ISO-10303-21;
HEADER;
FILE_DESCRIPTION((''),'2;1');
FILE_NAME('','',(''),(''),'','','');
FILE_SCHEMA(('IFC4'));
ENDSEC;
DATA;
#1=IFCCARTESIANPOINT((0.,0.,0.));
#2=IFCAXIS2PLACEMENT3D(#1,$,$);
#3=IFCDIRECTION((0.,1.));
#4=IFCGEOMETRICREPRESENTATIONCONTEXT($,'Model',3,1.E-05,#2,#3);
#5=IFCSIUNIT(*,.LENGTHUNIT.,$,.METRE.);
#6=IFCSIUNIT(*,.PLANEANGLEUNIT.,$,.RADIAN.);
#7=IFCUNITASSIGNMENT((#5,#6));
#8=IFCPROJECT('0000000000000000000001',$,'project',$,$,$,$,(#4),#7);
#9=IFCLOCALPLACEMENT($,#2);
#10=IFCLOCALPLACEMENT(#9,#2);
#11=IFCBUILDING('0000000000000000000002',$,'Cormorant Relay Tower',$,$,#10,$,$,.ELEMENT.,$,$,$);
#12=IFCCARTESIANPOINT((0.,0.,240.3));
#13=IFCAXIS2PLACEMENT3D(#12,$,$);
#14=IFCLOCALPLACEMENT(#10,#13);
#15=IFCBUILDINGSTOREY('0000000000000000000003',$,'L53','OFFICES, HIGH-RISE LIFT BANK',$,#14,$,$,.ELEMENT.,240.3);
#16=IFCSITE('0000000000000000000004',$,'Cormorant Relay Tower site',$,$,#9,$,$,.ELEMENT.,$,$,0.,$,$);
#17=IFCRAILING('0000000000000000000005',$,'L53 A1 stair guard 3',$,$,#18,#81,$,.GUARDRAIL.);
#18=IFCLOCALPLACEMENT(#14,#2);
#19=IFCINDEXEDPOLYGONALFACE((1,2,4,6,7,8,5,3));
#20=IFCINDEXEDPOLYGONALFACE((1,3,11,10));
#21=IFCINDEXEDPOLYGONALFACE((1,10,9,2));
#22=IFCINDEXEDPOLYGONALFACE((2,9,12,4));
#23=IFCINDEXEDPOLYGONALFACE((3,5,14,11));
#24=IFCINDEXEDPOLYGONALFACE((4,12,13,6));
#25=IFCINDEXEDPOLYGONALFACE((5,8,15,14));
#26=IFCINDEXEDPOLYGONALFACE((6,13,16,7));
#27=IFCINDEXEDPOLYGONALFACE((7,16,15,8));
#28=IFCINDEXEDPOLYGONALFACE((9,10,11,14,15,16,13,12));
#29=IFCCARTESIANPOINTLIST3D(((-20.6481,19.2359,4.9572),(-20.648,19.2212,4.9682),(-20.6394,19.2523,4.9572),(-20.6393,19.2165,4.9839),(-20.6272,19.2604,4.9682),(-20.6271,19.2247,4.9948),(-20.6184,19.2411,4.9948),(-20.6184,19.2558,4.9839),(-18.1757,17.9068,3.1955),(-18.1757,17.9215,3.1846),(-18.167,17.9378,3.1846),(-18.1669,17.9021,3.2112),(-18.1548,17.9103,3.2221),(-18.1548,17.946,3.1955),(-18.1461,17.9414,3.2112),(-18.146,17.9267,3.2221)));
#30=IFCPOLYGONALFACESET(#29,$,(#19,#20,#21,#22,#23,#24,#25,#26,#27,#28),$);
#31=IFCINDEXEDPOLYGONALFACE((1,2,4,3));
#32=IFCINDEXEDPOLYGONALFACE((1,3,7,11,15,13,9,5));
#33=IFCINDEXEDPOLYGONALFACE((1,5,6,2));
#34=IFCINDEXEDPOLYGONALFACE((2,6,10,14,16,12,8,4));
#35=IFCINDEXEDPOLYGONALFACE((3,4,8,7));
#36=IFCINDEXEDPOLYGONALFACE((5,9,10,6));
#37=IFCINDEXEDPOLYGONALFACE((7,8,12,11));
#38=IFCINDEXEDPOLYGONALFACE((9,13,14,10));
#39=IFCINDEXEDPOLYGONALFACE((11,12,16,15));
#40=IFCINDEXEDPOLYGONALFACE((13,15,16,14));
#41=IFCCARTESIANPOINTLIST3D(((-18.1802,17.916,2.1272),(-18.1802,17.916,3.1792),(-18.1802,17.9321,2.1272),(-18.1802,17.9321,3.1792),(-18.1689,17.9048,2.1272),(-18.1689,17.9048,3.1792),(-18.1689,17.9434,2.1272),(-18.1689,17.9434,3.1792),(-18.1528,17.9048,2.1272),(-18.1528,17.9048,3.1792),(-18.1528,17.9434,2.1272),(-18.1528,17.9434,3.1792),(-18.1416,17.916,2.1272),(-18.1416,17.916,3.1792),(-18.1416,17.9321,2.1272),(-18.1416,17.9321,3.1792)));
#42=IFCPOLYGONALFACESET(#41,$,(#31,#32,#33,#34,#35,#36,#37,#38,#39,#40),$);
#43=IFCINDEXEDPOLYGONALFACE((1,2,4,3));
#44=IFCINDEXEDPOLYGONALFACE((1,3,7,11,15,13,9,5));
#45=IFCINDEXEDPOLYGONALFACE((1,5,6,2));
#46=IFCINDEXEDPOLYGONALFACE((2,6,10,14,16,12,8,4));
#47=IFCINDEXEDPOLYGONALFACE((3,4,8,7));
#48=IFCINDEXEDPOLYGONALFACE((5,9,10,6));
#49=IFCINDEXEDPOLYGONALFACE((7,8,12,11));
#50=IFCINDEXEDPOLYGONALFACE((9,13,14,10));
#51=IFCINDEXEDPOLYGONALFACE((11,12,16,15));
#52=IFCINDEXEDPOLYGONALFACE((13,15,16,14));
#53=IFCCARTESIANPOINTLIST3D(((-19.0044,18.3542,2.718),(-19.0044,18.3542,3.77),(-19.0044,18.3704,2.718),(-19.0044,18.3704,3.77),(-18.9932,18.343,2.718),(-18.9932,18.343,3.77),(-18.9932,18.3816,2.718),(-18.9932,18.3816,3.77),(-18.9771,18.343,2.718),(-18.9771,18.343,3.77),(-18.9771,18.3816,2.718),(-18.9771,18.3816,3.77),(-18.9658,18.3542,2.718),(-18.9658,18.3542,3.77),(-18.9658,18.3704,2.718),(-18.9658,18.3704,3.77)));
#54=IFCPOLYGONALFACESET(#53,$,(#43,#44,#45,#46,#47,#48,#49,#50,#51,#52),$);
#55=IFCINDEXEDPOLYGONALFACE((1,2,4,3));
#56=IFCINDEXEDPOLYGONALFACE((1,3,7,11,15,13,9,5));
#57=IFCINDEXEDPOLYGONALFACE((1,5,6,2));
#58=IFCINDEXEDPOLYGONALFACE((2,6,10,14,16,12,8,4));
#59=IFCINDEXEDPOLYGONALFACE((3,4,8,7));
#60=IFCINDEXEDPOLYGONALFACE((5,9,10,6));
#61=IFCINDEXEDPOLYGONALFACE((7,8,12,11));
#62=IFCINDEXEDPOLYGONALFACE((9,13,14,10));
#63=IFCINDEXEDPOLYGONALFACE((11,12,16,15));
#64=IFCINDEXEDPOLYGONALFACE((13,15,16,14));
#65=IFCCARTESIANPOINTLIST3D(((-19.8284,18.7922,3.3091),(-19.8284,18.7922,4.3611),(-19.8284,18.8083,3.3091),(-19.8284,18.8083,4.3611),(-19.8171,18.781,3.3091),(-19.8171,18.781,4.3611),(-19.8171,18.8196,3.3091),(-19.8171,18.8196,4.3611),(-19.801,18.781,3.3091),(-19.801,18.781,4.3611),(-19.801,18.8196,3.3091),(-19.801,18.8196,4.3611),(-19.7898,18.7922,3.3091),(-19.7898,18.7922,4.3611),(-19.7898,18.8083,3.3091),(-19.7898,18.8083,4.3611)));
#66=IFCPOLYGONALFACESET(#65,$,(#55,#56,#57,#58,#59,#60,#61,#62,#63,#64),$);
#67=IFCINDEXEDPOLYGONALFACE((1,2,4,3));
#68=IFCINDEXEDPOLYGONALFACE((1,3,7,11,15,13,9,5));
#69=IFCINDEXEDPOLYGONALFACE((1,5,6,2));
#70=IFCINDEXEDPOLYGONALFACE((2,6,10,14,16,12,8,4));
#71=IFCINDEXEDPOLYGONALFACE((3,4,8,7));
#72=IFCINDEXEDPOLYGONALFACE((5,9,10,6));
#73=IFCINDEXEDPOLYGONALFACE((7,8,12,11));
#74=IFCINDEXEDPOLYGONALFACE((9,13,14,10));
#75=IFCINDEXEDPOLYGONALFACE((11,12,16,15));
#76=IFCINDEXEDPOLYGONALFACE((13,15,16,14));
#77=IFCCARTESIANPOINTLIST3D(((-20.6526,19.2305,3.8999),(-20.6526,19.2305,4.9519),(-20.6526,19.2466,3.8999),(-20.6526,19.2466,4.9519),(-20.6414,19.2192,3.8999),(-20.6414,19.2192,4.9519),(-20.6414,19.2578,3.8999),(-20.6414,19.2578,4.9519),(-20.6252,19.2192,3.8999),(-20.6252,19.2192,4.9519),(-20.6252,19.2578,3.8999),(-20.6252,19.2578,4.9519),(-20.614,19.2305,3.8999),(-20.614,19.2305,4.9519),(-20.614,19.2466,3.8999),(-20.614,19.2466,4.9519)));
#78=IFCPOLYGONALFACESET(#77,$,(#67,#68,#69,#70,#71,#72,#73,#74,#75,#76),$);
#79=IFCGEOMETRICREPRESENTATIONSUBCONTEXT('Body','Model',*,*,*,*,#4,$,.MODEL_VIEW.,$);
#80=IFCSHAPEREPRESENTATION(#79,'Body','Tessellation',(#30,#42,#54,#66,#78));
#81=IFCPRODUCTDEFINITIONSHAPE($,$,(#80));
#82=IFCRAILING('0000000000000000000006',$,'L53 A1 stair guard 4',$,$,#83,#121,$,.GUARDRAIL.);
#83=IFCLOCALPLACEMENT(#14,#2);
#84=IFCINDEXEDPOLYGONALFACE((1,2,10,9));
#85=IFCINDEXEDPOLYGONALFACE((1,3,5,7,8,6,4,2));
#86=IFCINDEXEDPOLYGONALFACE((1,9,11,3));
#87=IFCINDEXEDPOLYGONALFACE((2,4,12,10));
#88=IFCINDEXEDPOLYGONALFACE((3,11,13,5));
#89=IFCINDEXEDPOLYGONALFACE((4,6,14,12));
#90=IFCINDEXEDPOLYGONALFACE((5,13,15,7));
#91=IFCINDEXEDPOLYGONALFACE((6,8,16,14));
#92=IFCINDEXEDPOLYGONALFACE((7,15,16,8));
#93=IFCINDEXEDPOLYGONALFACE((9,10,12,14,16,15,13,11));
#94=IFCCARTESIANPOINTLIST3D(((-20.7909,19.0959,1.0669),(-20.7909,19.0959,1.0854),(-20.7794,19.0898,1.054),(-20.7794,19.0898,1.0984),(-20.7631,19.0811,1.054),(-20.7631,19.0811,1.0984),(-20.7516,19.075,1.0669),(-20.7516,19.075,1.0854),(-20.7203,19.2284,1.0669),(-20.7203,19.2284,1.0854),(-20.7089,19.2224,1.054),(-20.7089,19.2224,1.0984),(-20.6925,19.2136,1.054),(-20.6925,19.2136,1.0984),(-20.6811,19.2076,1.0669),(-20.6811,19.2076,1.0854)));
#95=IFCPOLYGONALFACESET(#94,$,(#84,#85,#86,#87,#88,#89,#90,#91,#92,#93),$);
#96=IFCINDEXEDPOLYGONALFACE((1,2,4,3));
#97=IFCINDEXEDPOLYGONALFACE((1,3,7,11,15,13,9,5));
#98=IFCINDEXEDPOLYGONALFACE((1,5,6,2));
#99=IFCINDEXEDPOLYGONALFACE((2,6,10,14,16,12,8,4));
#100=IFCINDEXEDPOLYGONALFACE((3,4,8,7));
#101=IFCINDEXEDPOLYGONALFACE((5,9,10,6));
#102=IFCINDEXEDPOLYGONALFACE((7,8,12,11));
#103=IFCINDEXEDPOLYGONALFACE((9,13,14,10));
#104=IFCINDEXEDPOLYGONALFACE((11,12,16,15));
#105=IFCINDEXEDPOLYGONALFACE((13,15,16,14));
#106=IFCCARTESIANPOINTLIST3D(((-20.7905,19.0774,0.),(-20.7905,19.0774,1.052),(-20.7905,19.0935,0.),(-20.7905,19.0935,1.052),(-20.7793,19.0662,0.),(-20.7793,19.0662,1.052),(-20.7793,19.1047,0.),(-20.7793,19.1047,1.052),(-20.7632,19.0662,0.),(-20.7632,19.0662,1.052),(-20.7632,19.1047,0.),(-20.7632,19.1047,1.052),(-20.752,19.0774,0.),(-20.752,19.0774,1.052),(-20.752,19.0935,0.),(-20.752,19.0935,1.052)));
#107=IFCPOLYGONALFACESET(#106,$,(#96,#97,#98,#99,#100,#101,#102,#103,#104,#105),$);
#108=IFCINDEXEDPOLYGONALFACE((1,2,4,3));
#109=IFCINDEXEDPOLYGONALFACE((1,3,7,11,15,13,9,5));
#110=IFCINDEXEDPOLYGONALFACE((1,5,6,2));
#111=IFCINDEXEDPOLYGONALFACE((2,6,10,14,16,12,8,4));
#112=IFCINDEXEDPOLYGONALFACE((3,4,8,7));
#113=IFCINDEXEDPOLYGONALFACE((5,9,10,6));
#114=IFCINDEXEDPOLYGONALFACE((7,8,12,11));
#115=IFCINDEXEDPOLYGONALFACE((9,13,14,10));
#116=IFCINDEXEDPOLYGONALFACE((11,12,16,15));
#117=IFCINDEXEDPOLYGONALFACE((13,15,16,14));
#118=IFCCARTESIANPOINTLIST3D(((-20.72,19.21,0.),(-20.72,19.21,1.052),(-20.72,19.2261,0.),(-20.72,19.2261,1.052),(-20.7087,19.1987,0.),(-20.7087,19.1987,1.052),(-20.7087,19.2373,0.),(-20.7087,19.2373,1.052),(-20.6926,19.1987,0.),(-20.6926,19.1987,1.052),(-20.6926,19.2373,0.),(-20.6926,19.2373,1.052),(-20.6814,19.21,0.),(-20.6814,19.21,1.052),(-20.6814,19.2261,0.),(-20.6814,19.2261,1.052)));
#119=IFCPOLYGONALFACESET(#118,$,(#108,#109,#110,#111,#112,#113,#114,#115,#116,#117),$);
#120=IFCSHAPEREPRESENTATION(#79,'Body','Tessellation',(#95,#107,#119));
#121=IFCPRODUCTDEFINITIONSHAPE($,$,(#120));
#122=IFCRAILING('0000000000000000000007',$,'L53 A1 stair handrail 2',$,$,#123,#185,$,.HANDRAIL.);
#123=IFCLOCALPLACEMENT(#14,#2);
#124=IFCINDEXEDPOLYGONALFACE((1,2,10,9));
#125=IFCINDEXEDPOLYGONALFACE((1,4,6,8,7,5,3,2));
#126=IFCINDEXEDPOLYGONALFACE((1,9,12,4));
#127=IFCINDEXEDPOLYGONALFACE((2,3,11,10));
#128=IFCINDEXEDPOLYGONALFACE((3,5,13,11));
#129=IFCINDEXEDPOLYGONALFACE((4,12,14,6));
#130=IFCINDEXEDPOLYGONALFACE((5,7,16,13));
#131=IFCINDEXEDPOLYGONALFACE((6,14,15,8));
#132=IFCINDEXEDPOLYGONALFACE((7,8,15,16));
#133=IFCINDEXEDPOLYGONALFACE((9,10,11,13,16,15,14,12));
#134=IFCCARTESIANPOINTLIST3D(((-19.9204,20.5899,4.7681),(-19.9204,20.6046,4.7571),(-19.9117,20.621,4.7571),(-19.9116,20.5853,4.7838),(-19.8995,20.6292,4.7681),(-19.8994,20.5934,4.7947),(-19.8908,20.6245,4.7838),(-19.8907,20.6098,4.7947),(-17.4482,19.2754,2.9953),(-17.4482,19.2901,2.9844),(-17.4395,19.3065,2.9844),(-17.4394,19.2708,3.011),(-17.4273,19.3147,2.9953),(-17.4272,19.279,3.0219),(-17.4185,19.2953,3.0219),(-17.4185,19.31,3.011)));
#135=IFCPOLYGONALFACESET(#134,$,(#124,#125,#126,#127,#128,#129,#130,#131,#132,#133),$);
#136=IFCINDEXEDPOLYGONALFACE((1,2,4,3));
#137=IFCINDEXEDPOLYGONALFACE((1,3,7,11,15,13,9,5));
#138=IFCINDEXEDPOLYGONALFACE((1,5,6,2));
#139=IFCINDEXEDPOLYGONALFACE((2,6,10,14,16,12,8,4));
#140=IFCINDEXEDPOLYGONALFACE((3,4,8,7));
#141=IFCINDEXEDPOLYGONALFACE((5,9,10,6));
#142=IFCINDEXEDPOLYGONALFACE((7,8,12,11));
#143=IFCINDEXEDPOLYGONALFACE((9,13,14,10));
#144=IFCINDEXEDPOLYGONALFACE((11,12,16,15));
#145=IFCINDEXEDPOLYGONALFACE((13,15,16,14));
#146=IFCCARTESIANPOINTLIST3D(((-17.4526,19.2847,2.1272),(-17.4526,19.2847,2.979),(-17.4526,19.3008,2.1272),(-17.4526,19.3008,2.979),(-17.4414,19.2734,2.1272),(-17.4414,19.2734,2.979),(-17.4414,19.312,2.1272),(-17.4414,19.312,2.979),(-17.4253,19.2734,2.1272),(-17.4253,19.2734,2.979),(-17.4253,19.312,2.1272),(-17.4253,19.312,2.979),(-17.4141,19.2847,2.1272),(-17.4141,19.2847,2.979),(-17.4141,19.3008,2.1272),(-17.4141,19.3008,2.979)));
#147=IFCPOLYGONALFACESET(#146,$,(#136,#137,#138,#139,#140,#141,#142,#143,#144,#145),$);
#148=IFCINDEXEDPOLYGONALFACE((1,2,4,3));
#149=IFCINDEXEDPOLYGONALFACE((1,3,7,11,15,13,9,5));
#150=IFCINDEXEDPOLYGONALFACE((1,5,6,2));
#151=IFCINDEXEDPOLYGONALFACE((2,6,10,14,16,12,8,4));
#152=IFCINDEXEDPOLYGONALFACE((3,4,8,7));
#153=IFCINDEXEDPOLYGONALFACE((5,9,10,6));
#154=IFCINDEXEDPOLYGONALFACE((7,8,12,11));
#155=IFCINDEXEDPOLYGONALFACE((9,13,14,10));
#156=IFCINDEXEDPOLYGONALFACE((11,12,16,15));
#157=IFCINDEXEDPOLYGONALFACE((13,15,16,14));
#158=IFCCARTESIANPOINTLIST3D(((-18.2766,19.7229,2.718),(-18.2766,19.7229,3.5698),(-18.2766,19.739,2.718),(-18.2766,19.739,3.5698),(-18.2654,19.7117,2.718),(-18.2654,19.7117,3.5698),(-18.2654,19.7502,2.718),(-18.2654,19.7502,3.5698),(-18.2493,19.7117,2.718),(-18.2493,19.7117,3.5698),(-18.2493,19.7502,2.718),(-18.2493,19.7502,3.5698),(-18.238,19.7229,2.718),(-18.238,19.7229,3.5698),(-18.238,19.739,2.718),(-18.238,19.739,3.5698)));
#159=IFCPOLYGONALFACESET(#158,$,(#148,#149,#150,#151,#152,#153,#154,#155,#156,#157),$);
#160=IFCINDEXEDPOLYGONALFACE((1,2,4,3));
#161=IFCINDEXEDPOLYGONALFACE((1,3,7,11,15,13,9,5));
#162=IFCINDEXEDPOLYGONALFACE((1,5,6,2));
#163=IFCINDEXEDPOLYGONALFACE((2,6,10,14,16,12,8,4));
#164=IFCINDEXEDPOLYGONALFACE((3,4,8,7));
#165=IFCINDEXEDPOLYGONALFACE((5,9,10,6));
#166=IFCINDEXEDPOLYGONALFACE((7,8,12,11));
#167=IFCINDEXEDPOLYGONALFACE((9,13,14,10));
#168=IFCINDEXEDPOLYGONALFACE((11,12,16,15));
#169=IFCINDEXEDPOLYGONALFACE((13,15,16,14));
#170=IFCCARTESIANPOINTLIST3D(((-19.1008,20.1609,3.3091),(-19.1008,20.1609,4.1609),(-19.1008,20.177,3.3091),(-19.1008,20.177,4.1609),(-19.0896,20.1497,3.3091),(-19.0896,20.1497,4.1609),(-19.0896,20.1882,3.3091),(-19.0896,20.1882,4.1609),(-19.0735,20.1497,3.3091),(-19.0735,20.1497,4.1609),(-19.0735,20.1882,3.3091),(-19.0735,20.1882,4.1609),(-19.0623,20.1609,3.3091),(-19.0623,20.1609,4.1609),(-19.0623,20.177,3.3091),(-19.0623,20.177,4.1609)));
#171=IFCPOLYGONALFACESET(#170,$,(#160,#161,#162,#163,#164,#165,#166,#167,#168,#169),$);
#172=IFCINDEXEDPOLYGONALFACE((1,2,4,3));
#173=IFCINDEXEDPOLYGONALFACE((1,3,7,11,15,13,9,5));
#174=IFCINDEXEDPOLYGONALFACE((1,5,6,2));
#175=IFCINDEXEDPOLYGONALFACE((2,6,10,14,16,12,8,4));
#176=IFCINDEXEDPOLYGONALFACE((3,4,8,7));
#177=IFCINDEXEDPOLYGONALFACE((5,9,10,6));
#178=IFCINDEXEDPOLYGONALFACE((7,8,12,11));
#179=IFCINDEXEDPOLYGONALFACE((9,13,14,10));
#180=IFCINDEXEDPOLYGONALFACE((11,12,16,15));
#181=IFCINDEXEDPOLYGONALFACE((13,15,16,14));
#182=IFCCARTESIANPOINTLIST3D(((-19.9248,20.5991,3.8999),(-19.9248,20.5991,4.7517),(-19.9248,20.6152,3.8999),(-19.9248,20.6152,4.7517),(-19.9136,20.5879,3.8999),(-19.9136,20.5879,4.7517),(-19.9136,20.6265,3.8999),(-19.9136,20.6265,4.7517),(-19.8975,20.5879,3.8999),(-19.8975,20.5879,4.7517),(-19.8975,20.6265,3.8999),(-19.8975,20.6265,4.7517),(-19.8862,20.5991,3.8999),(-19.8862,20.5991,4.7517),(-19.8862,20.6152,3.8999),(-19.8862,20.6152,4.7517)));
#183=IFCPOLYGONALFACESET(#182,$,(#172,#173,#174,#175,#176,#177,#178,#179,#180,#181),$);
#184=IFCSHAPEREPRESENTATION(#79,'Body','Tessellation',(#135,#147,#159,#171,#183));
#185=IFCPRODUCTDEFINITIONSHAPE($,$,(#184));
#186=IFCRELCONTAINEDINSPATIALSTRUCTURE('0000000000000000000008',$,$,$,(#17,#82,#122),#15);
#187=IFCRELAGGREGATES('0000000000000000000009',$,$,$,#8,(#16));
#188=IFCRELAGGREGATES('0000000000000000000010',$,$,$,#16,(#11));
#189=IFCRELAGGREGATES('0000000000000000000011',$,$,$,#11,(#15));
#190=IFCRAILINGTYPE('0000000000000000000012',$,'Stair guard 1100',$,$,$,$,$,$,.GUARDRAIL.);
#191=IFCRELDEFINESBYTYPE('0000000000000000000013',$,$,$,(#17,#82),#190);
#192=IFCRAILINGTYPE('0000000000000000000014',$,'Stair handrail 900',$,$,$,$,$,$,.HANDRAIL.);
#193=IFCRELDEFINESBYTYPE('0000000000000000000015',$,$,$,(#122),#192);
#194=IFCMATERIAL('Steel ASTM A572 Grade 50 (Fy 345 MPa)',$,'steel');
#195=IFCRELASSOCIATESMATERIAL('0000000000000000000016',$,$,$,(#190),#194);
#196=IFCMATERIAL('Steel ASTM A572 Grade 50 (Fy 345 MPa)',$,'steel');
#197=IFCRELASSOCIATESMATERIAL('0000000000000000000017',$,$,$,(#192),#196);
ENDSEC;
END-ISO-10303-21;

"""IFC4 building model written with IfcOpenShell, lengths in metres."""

from ifc_helpers import new_model, si_unit, direction, frame, origin, place, context, subcontext, project, spatial, polyline, outline, extrude, material, type_object, element, save


model = new_model("IFC4")

# Units and contexts
model_context = context("Model", 3, precision=1e-05, world=origin(), true_north=direction((0.0, 1.0)))
body_context = subcontext(model_context, "Body", "Model", "MODEL_VIEW")
ifc_project = project(units=[si_unit("LENGTHUNIT", "METRE"), si_unit("PLANEANGLEUNIT", "RADIAN")], contexts=[model_context])

# Site, building, storey
site_placement = place(None, origin())
site = spatial("IfcSite", under=ifc_project, at=site_placement, Name="Cormorant Relay Tower site", CompositionType="ELEMENT", RefElevation=0.0)
building_placement = place(site_placement, origin())
building = spatial("IfcBuilding", under=site, at=building_placement, Name="Cormorant Relay Tower", CompositionType="ELEMENT")
storey_placement = place(building_placement, frame((0.0, 0.0, 240.3)))
storey = spatial("IfcBuildingStorey", under=building, at=storey_placement, Name="L53", Description="OFFICES, HIGH-RISE LIFT BANK", CompositionType="ELEMENT", Elevation=240.3)

# Railings
ifc_material_1 = material(Name="Steel ASTM A572 Grade 50 (Fy 345 MPa)", Category="steel")
railing_type_1 = type_object("IfcRailingType", Name="Stair guard 1100", PredefinedType="GUARDRAIL", material=ifc_material_1)
railing_1_placement = place(storey_placement, frame((-18.1609, 17.9241, 2.1272)))
element("IfcRailing", 1, at=railing_1_placement, inside=storey, type_object=railing_type_1, Name="L53 A1 stair guard 3", PredefinedType="GUARDRAIL", context=body_context, shape_type="SweptSolid", body=[
    extrude(outline(polyline([(0.0222, 0.0093), (0.0093, 0.0222), (-0.0093, 0.0222), (-0.0222, 0.0093), (-0.0222, -0.0093), (-0.0093, -0.0222), (0.0093, -0.0222), (0.0222, -0.0093), (0.0222, 0.0093)])), frame((0.0, 0.0, 1.0762), z_axis=(-0.746034, 0.396627, 0.534902), x_axis=(-0.469429, -0.88297, 0.0)), (0.0, 0.0, 1.0), 3.314),
    extrude(outline(polyline([(0.0193, 0.0081), (0.0081, 0.0193), (-0.0081, 0.0193), (-0.0193, 0.0081), (-0.0193, -0.0081), (-0.0081, -0.0193), (0.0081, -0.0193), (0.0193, -0.0081), (0.0193, 0.0081)])), origin(), (0.0, 0.0, 1.0), 1.052),
    extrude(outline(polyline([(0.0193, 0.0081), (0.0081, 0.0193), (-0.0081, 0.0193), (-0.0193, 0.0081), (-0.0193, -0.0081), (-0.0081, -0.0193), (0.0081, -0.0193), (0.0193, -0.0081), (0.0193, 0.0081)])), frame((-0.8242, 0.4382, 0.5908)), (0.0, 0.0, 1.0), 1.052),
    extrude(outline(polyline([(0.0193, 0.0081), (0.0081, 0.0193), (-0.0081, 0.0193), (-0.0193, 0.0081), (-0.0193, -0.0081), (-0.0081, -0.0193), (0.0081, -0.0193), (0.0193, -0.0081), (0.0193, 0.0081)])), frame((-1.6482, 0.8762, 1.1819)), (0.0, 0.0, 1.0), 1.052),
    extrude(outline(polyline([(0.0193, 0.0081), (0.0081, 0.0193), (-0.0081, 0.0193), (-0.0193, 0.0081), (-0.0193, -0.0081), (-0.0081, -0.0193), (0.0081, -0.0193), (0.0193, -0.0081), (0.0193, 0.0081)])), frame((-2.4724, 1.3145, 1.7727)), (0.0, 0.0, 1.0), 1.052),
])
railing_2_placement = place(storey_placement, frame((-20.7712, 19.0854, 0.0)))
element("IfcRailing", 2, at=railing_2_placement, inside=storey, type_object=railing_type_1, Name="L53 A1 stair guard 4", PredefinedType="GUARDRAIL", context=body_context, shape_type="SweptSolid", body=[
    extrude(outline(polyline([(0.0222, 0.0093), (0.0093, 0.0222), (-0.0093, 0.0222), (-0.0222, 0.0093), (-0.0222, -0.0093), (-0.0093, -0.0222), (0.0093, -0.0222), (0.0222, -0.0093), (0.0222, 0.0093)])), frame((0.0, 0.0, 1.0762), z_axis=(0.469829, 0.882758, 0.0), x_axis=(-0.882758, 0.469829, 0.0)), (0.0, 0.0, 1.0), 0.1501),
    extrude(outline(polyline([(0.0193, 0.0081), (0.0081, 0.0193), (-0.0081, 0.0193), (-0.0193, 0.0081), (-0.0193, -0.0081), (-0.0081, -0.0193), (0.0081, -0.0193), (0.0193, -0.0081), (0.0193, 0.0081)])), origin(), (0.0, 0.0, 1.0), 1.052),
    extrude(outline(polyline([(0.0193, 0.0081), (0.0081, 0.0193), (-0.0081, 0.0193), (-0.0193, 0.0081), (-0.0193, -0.0081), (-0.0081, -0.0193), (0.0081, -0.0193), (0.0193, -0.0081), (0.0193, 0.0081)])), frame((0.0706, 0.1326, 0.0)), (0.0, 0.0, 1.0), 1.052),
])
ifc_material_2 = material(Name="Steel ASTM A572 Grade 50 (Fy 345 MPa)", Category="steel")
railing_type_2 = type_object("IfcRailingType", Name="Stair handrail 900", PredefinedType="HANDRAIL", material=ifc_material_2)
railing_3_placement = place(storey_placement, frame((-17.4333, 19.2927, 2.1272)))
element("IfcRailing", 3, at=railing_3_placement, inside=storey, type_object=railing_type_2, Name="L53 A1 stair handrail 2", PredefinedType="HANDRAIL", context=body_context, shape_type="SweptSolid", body=[
    extrude(outline(polyline([(0.0222, 0.0093), (0.0093, 0.0222), (-0.0093, 0.0222), (-0.0222, 0.0093), (-0.0222, -0.0093), (-0.0093, -0.0222), (0.0093, -0.0222), (0.0222, -0.0093), (0.0222, 0.0093)])), frame((0.0, 0.0, 0.876), z_axis=(-0.746001, 0.396649, 0.534931), x_axis=(-0.469465, -0.882951, 0.0)), (0.0, 0.0, 1.0), 3.314),
    extrude(outline(polyline([(0.0193, 0.0081), (0.0081, 0.0193), (-0.0081, 0.0193), (-0.0193, 0.0081), (-0.0193, -0.0081), (-0.0081, -0.0193), (0.0081, -0.0193), (0.0193, -0.0081), (0.0193, 0.0081)])), origin(), (0.0, 0.0, 1.0), 0.8518),
    extrude(outline(polyline([(0.0193, 0.0081), (0.0081, 0.0193), (-0.0081, 0.0193), (-0.0193, 0.0081), (-0.0193, -0.0081), (-0.0081, -0.0193), (0.0081, -0.0193), (0.0193, -0.0081), (0.0193, 0.0081)])), frame((-0.824, 0.4382, 0.5908)), (0.0, 0.0, 1.0), 0.8518),
    extrude(outline(polyline([(0.0193, 0.0081), (0.0081, 0.0193), (-0.0081, 0.0193), (-0.0193, 0.0081), (-0.0193, -0.0081), (-0.0081, -0.0193), (0.0081, -0.0193), (0.0193, -0.0081), (0.0193, 0.0081)])), frame((-1.6482, 0.8762, 1.1819)), (0.0, 0.0, 1.0), 0.8518),
    extrude(outline(polyline([(0.0193, 0.0081), (0.0081, 0.0193), (-0.0081, 0.0193), (-0.0193, 0.0081), (-0.0193, -0.0081), (-0.0081, -0.0193), (0.0081, -0.0193), (0.0193, -0.0081), (0.0193, 0.0081)])), frame((-2.4722, 1.3145, 1.7727)), (0.0, 0.0, 1.0), 0.8518),
])

save(model, "model.ifc")
